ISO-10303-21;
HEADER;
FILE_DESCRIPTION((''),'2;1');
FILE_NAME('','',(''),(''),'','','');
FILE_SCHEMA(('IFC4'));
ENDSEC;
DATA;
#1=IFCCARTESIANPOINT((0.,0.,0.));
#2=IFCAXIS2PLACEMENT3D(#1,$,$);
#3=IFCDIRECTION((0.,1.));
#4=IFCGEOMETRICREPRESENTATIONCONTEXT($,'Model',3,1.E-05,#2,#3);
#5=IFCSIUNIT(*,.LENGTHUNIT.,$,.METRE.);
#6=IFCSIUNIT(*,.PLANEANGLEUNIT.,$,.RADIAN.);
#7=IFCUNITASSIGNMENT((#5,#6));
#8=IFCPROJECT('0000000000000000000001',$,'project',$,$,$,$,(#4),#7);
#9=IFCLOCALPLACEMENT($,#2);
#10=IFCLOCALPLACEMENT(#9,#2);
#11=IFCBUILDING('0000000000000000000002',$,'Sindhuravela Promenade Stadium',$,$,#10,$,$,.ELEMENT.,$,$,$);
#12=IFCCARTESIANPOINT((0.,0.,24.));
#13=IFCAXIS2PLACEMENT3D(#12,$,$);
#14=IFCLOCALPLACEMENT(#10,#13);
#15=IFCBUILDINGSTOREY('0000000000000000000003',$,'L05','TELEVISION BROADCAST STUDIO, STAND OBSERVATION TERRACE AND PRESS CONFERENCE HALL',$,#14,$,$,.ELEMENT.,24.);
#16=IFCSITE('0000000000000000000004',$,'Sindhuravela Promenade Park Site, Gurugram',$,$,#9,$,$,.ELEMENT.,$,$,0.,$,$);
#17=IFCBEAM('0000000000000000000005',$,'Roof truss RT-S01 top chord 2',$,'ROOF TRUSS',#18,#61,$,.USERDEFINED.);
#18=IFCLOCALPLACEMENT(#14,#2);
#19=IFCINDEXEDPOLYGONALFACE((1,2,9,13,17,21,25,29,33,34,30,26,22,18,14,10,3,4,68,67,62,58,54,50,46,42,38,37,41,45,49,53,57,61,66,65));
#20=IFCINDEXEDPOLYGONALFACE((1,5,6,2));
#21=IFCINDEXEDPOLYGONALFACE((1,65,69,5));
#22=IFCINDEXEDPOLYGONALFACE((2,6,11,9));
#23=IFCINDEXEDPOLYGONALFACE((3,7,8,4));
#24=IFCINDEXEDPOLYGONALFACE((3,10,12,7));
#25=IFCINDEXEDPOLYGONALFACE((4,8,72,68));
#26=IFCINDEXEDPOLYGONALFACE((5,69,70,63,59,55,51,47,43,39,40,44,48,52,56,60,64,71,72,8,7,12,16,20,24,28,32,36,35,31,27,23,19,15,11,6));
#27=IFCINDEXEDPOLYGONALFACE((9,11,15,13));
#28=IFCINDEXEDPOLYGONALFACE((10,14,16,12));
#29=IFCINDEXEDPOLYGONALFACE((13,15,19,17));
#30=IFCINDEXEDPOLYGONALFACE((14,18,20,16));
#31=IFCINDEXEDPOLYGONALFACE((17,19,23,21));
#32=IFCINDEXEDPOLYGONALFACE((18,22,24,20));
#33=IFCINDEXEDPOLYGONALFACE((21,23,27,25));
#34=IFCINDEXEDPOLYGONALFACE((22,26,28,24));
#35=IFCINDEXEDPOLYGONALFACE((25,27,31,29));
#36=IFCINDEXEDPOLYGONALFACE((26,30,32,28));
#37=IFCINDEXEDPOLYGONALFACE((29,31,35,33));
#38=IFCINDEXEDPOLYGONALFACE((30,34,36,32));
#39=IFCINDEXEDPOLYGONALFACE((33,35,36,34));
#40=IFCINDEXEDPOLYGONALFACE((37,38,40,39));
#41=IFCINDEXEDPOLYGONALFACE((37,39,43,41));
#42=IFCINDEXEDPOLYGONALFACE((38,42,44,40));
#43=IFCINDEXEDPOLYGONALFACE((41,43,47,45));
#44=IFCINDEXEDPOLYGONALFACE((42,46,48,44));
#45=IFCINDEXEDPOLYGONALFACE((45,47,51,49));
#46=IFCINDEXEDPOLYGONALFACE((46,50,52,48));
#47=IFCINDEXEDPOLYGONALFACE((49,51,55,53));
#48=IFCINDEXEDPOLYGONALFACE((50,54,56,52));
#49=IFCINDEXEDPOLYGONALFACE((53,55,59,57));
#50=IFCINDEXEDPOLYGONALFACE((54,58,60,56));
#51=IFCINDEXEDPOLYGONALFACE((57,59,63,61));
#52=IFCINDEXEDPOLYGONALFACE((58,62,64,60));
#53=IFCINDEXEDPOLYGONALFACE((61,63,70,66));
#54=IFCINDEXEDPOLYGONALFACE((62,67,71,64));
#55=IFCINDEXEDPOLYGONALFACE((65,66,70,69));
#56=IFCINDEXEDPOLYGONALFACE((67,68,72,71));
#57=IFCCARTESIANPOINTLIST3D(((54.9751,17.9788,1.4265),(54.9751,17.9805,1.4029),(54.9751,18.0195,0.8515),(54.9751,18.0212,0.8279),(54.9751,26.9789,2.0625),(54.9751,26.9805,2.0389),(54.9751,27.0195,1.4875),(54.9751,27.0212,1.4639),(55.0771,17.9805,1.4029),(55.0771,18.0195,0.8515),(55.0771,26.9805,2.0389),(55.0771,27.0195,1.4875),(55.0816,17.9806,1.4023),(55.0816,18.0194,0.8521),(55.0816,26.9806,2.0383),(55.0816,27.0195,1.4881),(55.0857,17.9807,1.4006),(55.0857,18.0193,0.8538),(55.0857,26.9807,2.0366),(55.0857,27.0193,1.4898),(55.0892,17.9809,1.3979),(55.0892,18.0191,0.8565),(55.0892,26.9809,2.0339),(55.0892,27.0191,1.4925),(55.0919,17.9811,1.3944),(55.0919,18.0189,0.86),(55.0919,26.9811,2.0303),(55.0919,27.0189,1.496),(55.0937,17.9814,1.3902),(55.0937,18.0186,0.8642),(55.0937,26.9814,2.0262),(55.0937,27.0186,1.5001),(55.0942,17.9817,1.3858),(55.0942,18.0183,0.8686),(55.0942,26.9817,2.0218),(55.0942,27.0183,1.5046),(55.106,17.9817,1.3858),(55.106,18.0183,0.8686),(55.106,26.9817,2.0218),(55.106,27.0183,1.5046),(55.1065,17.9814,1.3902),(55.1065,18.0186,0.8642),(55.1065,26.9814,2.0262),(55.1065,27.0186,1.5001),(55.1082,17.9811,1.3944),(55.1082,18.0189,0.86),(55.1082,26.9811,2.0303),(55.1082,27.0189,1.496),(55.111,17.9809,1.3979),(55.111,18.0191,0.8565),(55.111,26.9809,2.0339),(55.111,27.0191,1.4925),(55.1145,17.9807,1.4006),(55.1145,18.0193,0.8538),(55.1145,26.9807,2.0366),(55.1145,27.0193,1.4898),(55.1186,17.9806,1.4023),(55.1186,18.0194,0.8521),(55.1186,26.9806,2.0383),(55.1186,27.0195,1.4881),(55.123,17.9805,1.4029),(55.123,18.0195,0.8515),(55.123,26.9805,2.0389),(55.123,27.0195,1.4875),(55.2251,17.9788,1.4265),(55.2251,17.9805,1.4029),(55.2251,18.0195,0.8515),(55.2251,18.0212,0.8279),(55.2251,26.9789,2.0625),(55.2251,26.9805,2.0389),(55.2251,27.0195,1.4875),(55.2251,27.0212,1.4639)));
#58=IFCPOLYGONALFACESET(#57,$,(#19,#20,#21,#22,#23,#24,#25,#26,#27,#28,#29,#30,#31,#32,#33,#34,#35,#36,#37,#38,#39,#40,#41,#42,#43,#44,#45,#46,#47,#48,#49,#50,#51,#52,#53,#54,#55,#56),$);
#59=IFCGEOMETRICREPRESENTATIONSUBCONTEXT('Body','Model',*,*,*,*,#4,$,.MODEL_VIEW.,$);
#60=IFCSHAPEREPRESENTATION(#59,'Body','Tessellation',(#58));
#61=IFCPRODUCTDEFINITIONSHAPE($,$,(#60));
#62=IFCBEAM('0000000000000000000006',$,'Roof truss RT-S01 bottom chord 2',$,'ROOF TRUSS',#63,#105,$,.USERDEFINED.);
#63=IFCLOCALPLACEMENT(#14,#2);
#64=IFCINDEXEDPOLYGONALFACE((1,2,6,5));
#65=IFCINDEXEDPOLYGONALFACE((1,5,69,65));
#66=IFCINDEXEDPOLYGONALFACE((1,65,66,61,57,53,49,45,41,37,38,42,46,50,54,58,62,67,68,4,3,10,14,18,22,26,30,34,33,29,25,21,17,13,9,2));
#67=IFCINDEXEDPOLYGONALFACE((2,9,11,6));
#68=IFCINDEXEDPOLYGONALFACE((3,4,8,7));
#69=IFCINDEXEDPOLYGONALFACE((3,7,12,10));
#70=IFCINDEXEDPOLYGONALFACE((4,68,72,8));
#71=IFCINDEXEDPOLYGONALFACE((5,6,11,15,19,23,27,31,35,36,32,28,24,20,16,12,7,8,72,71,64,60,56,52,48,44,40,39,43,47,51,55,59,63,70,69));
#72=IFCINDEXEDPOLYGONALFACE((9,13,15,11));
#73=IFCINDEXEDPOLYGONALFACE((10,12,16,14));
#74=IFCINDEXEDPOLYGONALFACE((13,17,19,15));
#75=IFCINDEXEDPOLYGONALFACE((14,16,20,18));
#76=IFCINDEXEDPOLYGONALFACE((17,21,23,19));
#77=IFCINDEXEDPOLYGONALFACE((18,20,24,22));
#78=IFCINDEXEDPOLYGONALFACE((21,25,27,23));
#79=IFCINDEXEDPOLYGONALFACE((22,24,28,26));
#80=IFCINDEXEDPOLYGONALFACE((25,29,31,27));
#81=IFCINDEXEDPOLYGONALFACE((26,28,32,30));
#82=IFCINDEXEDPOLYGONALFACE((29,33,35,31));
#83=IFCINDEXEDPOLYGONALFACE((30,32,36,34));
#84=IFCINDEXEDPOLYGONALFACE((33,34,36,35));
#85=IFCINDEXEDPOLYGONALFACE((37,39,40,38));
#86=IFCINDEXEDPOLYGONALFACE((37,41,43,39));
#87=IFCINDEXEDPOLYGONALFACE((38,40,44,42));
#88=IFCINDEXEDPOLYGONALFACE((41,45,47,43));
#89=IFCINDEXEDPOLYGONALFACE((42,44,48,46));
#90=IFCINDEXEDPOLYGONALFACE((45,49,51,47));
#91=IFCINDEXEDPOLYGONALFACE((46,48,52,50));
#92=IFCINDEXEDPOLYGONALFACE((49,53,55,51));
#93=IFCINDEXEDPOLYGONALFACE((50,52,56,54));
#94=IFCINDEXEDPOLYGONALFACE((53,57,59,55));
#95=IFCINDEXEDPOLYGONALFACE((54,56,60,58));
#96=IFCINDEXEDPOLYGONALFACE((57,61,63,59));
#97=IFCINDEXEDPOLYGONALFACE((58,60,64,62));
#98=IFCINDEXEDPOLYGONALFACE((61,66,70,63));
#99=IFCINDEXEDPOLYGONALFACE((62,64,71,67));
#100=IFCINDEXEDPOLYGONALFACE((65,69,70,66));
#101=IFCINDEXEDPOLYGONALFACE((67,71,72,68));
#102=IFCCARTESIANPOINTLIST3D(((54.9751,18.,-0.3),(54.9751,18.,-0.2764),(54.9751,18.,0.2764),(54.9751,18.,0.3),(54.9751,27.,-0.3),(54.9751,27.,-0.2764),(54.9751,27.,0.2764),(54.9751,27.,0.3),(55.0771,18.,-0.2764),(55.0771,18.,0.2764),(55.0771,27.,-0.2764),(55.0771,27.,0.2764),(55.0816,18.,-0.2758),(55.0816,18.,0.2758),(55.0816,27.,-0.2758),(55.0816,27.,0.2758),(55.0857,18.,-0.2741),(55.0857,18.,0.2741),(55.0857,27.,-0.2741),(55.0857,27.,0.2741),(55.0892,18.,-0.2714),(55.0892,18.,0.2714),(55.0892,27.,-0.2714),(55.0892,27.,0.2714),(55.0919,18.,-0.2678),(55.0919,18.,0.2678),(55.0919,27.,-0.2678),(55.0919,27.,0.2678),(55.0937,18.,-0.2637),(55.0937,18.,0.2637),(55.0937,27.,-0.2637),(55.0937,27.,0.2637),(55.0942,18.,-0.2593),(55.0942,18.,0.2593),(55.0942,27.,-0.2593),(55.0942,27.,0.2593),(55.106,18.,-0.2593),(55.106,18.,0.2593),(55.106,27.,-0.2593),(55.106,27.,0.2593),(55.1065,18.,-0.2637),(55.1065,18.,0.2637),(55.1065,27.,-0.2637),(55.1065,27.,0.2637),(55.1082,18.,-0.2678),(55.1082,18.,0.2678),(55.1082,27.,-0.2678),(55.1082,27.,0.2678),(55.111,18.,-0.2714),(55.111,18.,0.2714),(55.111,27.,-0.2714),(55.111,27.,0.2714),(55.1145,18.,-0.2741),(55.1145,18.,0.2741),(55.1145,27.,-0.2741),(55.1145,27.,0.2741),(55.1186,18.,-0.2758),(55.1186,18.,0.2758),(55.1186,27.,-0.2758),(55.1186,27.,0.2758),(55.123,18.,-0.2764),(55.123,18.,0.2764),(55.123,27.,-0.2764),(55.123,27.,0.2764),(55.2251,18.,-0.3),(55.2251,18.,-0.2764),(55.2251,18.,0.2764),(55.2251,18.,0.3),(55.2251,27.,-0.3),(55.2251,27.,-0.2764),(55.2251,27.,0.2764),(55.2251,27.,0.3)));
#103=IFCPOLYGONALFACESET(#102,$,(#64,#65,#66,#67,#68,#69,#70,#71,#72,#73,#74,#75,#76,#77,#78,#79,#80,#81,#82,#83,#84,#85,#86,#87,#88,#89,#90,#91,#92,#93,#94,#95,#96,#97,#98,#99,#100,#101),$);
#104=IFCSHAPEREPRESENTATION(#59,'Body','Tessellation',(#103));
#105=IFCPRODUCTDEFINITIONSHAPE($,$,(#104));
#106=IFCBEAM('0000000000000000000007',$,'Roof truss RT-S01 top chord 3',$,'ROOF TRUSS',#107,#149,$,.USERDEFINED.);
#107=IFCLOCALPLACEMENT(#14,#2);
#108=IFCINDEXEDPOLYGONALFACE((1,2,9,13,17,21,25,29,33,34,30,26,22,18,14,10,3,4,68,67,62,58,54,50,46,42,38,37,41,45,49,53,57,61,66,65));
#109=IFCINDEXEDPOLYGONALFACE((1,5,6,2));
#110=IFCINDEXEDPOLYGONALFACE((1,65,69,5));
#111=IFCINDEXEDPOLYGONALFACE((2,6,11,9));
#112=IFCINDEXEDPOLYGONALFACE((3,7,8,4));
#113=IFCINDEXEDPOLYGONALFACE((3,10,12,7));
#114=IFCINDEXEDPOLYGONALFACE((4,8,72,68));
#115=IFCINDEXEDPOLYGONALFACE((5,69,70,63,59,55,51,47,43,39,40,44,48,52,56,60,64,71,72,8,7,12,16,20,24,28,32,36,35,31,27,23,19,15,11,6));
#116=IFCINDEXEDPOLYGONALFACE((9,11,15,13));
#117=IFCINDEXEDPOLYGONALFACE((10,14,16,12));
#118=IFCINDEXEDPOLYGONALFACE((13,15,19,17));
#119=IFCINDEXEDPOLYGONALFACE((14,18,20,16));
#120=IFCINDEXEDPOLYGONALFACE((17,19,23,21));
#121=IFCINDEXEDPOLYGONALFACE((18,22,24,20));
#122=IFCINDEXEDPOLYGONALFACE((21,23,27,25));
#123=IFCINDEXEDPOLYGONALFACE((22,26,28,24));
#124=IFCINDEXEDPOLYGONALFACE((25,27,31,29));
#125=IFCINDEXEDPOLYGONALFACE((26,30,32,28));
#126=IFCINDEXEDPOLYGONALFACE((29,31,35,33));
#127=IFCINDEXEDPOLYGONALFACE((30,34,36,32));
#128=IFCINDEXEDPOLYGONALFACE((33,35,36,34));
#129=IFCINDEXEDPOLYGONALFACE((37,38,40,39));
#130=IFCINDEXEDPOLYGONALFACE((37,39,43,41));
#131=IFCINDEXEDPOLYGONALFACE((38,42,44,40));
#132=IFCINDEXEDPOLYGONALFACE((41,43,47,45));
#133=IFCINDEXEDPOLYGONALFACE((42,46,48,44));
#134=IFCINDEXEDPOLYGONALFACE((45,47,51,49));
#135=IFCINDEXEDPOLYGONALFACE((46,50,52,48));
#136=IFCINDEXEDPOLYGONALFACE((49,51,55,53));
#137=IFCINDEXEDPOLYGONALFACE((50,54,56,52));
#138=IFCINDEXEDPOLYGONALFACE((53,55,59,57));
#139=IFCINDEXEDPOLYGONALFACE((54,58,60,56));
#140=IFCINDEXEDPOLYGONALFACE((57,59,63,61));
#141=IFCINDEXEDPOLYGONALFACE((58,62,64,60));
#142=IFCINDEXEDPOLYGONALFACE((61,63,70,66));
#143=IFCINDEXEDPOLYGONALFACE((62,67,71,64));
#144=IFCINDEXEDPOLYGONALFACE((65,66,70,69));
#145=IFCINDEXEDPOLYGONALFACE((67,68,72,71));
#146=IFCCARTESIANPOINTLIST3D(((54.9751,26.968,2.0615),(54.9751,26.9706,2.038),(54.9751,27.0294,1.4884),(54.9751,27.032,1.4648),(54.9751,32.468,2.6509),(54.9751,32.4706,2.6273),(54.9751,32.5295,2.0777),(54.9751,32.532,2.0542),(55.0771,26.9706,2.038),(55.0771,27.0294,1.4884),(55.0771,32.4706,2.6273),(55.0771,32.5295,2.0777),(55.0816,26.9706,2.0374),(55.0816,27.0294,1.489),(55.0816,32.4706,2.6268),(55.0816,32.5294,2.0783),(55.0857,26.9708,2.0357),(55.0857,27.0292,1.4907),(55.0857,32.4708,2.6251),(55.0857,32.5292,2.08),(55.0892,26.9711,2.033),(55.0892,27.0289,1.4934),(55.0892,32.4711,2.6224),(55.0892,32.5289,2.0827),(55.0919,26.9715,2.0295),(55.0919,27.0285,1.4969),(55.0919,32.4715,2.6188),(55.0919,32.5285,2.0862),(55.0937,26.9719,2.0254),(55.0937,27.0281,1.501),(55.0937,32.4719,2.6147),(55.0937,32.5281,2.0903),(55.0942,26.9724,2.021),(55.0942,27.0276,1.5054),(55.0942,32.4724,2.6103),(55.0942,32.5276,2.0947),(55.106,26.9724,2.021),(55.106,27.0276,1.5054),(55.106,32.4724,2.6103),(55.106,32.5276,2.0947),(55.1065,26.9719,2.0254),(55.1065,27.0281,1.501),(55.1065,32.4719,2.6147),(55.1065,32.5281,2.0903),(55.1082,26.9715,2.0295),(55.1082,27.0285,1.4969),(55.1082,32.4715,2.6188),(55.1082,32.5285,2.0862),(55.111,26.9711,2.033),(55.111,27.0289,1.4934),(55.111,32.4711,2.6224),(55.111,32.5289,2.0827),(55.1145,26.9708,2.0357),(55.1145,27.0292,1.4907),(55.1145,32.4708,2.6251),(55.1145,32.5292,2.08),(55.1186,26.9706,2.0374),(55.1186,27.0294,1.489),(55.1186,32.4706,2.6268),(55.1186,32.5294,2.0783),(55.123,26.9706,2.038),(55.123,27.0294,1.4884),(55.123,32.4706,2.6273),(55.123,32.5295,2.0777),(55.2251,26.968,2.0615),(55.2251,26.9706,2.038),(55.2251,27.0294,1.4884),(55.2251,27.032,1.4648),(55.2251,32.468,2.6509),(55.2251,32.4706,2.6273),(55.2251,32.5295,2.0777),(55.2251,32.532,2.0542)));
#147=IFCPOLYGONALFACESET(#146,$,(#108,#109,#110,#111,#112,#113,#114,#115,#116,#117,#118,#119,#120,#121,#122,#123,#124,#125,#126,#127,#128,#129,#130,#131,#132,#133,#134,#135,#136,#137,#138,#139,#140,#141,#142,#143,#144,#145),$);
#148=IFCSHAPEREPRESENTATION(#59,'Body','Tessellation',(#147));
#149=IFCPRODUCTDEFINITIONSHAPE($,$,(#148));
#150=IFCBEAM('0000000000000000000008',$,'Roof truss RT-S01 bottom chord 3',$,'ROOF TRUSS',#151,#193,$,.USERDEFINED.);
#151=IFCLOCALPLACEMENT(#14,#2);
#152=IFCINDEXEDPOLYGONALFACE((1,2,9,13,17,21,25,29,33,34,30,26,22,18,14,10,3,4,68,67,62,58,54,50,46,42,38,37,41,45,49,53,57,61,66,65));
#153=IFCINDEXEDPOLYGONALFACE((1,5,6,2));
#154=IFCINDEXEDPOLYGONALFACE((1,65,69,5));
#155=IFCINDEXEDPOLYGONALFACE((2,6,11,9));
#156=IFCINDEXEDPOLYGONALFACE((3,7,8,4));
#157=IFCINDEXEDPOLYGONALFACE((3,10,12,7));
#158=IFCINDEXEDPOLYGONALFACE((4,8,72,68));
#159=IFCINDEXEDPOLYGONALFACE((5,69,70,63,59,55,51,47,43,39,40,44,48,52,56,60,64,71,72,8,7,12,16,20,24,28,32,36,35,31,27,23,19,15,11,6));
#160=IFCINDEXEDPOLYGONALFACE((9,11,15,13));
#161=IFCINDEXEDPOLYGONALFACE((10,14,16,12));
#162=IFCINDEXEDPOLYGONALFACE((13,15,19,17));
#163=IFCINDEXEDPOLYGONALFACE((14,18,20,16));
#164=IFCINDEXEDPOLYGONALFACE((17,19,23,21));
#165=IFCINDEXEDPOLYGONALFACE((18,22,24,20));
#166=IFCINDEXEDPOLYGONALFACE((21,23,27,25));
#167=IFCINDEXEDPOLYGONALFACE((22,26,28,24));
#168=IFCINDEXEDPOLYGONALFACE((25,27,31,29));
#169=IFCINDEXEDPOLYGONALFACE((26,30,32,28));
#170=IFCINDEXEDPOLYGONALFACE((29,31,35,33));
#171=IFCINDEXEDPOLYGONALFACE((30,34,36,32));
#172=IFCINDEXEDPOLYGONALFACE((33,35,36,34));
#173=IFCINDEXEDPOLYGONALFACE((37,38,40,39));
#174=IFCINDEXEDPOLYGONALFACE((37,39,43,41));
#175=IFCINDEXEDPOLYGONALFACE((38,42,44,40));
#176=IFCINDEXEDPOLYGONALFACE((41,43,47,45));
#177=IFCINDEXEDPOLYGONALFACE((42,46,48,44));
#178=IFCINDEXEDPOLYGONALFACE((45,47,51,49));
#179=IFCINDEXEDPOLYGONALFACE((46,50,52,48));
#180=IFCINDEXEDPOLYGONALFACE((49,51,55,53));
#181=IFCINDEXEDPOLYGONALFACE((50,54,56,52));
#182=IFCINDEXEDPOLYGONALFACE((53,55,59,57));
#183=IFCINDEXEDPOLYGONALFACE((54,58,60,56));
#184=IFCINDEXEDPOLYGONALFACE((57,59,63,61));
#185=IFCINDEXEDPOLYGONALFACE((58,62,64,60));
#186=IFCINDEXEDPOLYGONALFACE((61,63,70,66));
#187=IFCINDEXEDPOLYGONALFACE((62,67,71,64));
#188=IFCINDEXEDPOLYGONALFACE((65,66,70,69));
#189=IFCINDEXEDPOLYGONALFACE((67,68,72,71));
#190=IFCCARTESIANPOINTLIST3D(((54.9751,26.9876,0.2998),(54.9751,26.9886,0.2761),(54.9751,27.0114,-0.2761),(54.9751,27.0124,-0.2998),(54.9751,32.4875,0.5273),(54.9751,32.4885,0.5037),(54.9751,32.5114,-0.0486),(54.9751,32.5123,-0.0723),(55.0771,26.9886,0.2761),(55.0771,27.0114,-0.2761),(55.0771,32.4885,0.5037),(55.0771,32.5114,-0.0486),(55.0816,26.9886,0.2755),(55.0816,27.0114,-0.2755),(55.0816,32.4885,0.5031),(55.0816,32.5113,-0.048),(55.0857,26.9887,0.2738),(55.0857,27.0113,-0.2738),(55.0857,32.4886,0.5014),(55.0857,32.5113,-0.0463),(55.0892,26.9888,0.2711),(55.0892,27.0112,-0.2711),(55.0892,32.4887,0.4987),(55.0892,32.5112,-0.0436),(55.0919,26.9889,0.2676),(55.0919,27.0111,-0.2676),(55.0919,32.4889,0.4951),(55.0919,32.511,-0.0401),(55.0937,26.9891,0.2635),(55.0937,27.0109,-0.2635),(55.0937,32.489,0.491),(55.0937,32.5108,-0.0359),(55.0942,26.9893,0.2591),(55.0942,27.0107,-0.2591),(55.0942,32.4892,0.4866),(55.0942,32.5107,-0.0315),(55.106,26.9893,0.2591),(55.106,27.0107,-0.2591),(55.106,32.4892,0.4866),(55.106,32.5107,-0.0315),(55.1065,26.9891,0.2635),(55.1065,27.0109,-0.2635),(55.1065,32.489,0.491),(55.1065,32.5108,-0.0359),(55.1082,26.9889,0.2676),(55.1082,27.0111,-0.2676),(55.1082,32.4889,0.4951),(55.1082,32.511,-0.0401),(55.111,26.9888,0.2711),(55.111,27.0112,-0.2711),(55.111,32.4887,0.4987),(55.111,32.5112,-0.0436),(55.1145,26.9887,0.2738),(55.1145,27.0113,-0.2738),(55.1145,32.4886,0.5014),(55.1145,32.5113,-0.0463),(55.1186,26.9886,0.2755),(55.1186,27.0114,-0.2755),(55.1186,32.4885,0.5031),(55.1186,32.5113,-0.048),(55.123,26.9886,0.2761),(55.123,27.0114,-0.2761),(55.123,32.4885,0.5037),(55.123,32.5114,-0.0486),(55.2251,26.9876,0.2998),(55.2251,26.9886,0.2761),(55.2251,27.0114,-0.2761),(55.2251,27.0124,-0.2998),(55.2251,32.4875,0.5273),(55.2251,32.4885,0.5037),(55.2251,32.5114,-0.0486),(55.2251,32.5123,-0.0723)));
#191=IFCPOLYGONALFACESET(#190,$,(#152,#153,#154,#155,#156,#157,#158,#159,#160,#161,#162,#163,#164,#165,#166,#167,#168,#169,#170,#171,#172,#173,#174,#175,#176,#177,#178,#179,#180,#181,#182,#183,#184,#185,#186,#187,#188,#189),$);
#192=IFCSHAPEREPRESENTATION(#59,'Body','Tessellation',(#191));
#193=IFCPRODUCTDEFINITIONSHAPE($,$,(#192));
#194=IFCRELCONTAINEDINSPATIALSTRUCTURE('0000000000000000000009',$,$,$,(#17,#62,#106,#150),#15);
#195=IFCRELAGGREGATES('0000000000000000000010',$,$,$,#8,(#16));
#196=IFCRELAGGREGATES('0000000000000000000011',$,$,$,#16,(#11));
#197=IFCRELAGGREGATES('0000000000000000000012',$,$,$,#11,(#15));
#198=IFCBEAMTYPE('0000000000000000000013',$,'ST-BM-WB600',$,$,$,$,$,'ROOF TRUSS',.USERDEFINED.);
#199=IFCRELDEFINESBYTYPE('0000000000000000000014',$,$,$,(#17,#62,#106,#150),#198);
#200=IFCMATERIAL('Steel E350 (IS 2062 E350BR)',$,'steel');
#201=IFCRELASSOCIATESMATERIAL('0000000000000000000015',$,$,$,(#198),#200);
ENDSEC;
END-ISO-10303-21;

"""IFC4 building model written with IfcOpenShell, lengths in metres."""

from ifc_helpers import new_model, si_unit, direction, frame, origin, origin_2d, place, context, subcontext, project, spatial, i_section, extrude, material, material_profile, profile_set, type_object, element, save


model = new_model("IFC4")

# Units and contexts
model_context = context("Model", 3, precision=1e-05, world=origin(), true_north=direction((0.0, 1.0)))
body_context = subcontext(model_context, "Body", "Model", "MODEL_VIEW")
ifc_project = project(units=[si_unit("LENGTHUNIT", "METRE"), si_unit("PLANEANGLEUNIT", "RADIAN")], contexts=[model_context])

# Site, building, storey
site_placement = place(None, origin())
site = spatial("IfcSite", under=ifc_project, at=site_placement, Name="Sindhuravela Promenade Park Site, Gurugram", CompositionType="ELEMENT", RefElevation=0.0)
building_placement = place(site_placement, origin())
building = spatial("IfcBuilding", under=site, at=building_placement, Name="Sindhuravela Promenade Stadium", CompositionType="ELEMENT")
storey_placement = place(building_placement, frame((0.0, 0.0, 24.0)))
storey = spatial("IfcBuildingStorey", under=building, at=storey_placement, Name="L05", Description="TELEVISION BROADCAST STUDIO, STAND OBSERVATION TERRACE AND PRESS CONFERENCE HALL", CompositionType="ELEMENT", Elevation=24.0)

# Beams
ifc_material_1 = material(Name="Steel E350 (IS 2062 E350BR)", Category="steel")
ifc_material_profile_1 = material_profile(ifc_material_1, i_section(OverallWidth=0.25, OverallDepth=0.6001, WebThickness=0.0117, FlangeThickness=0.0237, FilletRadius=0.0171, at=origin_2d()), Name="ISWB 600")
ifc_profile_set_1 = profile_set([ifc_material_profile_1], Name="Steel E350 (IS 2062 E350BR)")
beam_type = type_object("IfcBeamType", Name="ST-BM-WB600", ElementType="ROOF TRUSS", PredefinedType="USERDEFINED", material=ifc_profile_set_1)
beam_1_placement = place(storey_placement, frame((55.1001, 18.0, 1.1272), z_axis=(0.0, 0.997513, 0.070489), x_axis=(-1.0, 0.0, 0.0)))
element("IfcBeam", 1, at=beam_1_placement, inside=storey, type_object=beam_type, Name="Roof truss RT-S01 top chord 2", ObjectType="ROOF TRUSS", PredefinedType="USERDEFINED", context=body_context, shape_type="SweptSolid", body=[
    extrude(i_section(OverallWidth=0.25, OverallDepth=0.6001, WebThickness=0.0117, FlangeThickness=0.0237, FilletRadius=0.0171, at=origin_2d()), origin(), (0.0, 0.0, 1.0), 9.0225),
])
beam_2_placement = place(storey_placement, frame((55.1001, 18.0, 0.0), z_axis=(0.0, 1.0, 0.0), x_axis=(-1.0, 0.0, 0.0)))
element("IfcBeam", 2, at=beam_2_placement, inside=storey, type_object=beam_type, Name="Roof truss RT-S01 bottom chord 2", ObjectType="ROOF TRUSS", PredefinedType="USERDEFINED", context=body_context, shape_type="SweptSolid", body=[
    extrude(i_section(OverallWidth=0.25, OverallDepth=0.6001, WebThickness=0.0117, FlangeThickness=0.0237, FilletRadius=0.0171, at=origin_2d()), origin(), (0.0, 0.0, 1.0), 9.0),
])
beam_3_placement = place(storey_placement, frame((55.1001, 27.0, 1.7632), z_axis=(0.0, 0.994308, 0.106546), x_axis=(-1.0, 0.0, 0.0)))
element("IfcBeam", 3, at=beam_3_placement, inside=storey, type_object=beam_type, Name="Roof truss RT-S01 top chord 3", ObjectType="ROOF TRUSS", PredefinedType="USERDEFINED", context=body_context, shape_type="SweptSolid", body=[
    extrude(i_section(OverallWidth=0.25, OverallDepth=0.6001, WebThickness=0.0117, FlangeThickness=0.0237, FilletRadius=0.0171, at=origin_2d()), origin(), (0.0, 0.0, 1.0), 5.5315),
])
beam_4_placement = place(storey_placement, frame((55.1001, 27.0, 0.0), z_axis=(0.0, 0.999145, 0.041335), x_axis=(-1.0, 0.0, 0.0)))
element("IfcBeam", 4, at=beam_4_placement, inside=storey, type_object=beam_type, Name="Roof truss RT-S01 bottom chord 3", ObjectType="ROOF TRUSS", PredefinedType="USERDEFINED", context=body_context, shape_type="SweptSolid", body=[
    extrude(i_section(OverallWidth=0.25, OverallDepth=0.6001, WebThickness=0.0117, FlangeThickness=0.0237, FilletRadius=0.0171, at=origin_2d()), origin(), (0.0, 0.0, 1.0), 5.5046),
])

save(model, "model.ifc")
